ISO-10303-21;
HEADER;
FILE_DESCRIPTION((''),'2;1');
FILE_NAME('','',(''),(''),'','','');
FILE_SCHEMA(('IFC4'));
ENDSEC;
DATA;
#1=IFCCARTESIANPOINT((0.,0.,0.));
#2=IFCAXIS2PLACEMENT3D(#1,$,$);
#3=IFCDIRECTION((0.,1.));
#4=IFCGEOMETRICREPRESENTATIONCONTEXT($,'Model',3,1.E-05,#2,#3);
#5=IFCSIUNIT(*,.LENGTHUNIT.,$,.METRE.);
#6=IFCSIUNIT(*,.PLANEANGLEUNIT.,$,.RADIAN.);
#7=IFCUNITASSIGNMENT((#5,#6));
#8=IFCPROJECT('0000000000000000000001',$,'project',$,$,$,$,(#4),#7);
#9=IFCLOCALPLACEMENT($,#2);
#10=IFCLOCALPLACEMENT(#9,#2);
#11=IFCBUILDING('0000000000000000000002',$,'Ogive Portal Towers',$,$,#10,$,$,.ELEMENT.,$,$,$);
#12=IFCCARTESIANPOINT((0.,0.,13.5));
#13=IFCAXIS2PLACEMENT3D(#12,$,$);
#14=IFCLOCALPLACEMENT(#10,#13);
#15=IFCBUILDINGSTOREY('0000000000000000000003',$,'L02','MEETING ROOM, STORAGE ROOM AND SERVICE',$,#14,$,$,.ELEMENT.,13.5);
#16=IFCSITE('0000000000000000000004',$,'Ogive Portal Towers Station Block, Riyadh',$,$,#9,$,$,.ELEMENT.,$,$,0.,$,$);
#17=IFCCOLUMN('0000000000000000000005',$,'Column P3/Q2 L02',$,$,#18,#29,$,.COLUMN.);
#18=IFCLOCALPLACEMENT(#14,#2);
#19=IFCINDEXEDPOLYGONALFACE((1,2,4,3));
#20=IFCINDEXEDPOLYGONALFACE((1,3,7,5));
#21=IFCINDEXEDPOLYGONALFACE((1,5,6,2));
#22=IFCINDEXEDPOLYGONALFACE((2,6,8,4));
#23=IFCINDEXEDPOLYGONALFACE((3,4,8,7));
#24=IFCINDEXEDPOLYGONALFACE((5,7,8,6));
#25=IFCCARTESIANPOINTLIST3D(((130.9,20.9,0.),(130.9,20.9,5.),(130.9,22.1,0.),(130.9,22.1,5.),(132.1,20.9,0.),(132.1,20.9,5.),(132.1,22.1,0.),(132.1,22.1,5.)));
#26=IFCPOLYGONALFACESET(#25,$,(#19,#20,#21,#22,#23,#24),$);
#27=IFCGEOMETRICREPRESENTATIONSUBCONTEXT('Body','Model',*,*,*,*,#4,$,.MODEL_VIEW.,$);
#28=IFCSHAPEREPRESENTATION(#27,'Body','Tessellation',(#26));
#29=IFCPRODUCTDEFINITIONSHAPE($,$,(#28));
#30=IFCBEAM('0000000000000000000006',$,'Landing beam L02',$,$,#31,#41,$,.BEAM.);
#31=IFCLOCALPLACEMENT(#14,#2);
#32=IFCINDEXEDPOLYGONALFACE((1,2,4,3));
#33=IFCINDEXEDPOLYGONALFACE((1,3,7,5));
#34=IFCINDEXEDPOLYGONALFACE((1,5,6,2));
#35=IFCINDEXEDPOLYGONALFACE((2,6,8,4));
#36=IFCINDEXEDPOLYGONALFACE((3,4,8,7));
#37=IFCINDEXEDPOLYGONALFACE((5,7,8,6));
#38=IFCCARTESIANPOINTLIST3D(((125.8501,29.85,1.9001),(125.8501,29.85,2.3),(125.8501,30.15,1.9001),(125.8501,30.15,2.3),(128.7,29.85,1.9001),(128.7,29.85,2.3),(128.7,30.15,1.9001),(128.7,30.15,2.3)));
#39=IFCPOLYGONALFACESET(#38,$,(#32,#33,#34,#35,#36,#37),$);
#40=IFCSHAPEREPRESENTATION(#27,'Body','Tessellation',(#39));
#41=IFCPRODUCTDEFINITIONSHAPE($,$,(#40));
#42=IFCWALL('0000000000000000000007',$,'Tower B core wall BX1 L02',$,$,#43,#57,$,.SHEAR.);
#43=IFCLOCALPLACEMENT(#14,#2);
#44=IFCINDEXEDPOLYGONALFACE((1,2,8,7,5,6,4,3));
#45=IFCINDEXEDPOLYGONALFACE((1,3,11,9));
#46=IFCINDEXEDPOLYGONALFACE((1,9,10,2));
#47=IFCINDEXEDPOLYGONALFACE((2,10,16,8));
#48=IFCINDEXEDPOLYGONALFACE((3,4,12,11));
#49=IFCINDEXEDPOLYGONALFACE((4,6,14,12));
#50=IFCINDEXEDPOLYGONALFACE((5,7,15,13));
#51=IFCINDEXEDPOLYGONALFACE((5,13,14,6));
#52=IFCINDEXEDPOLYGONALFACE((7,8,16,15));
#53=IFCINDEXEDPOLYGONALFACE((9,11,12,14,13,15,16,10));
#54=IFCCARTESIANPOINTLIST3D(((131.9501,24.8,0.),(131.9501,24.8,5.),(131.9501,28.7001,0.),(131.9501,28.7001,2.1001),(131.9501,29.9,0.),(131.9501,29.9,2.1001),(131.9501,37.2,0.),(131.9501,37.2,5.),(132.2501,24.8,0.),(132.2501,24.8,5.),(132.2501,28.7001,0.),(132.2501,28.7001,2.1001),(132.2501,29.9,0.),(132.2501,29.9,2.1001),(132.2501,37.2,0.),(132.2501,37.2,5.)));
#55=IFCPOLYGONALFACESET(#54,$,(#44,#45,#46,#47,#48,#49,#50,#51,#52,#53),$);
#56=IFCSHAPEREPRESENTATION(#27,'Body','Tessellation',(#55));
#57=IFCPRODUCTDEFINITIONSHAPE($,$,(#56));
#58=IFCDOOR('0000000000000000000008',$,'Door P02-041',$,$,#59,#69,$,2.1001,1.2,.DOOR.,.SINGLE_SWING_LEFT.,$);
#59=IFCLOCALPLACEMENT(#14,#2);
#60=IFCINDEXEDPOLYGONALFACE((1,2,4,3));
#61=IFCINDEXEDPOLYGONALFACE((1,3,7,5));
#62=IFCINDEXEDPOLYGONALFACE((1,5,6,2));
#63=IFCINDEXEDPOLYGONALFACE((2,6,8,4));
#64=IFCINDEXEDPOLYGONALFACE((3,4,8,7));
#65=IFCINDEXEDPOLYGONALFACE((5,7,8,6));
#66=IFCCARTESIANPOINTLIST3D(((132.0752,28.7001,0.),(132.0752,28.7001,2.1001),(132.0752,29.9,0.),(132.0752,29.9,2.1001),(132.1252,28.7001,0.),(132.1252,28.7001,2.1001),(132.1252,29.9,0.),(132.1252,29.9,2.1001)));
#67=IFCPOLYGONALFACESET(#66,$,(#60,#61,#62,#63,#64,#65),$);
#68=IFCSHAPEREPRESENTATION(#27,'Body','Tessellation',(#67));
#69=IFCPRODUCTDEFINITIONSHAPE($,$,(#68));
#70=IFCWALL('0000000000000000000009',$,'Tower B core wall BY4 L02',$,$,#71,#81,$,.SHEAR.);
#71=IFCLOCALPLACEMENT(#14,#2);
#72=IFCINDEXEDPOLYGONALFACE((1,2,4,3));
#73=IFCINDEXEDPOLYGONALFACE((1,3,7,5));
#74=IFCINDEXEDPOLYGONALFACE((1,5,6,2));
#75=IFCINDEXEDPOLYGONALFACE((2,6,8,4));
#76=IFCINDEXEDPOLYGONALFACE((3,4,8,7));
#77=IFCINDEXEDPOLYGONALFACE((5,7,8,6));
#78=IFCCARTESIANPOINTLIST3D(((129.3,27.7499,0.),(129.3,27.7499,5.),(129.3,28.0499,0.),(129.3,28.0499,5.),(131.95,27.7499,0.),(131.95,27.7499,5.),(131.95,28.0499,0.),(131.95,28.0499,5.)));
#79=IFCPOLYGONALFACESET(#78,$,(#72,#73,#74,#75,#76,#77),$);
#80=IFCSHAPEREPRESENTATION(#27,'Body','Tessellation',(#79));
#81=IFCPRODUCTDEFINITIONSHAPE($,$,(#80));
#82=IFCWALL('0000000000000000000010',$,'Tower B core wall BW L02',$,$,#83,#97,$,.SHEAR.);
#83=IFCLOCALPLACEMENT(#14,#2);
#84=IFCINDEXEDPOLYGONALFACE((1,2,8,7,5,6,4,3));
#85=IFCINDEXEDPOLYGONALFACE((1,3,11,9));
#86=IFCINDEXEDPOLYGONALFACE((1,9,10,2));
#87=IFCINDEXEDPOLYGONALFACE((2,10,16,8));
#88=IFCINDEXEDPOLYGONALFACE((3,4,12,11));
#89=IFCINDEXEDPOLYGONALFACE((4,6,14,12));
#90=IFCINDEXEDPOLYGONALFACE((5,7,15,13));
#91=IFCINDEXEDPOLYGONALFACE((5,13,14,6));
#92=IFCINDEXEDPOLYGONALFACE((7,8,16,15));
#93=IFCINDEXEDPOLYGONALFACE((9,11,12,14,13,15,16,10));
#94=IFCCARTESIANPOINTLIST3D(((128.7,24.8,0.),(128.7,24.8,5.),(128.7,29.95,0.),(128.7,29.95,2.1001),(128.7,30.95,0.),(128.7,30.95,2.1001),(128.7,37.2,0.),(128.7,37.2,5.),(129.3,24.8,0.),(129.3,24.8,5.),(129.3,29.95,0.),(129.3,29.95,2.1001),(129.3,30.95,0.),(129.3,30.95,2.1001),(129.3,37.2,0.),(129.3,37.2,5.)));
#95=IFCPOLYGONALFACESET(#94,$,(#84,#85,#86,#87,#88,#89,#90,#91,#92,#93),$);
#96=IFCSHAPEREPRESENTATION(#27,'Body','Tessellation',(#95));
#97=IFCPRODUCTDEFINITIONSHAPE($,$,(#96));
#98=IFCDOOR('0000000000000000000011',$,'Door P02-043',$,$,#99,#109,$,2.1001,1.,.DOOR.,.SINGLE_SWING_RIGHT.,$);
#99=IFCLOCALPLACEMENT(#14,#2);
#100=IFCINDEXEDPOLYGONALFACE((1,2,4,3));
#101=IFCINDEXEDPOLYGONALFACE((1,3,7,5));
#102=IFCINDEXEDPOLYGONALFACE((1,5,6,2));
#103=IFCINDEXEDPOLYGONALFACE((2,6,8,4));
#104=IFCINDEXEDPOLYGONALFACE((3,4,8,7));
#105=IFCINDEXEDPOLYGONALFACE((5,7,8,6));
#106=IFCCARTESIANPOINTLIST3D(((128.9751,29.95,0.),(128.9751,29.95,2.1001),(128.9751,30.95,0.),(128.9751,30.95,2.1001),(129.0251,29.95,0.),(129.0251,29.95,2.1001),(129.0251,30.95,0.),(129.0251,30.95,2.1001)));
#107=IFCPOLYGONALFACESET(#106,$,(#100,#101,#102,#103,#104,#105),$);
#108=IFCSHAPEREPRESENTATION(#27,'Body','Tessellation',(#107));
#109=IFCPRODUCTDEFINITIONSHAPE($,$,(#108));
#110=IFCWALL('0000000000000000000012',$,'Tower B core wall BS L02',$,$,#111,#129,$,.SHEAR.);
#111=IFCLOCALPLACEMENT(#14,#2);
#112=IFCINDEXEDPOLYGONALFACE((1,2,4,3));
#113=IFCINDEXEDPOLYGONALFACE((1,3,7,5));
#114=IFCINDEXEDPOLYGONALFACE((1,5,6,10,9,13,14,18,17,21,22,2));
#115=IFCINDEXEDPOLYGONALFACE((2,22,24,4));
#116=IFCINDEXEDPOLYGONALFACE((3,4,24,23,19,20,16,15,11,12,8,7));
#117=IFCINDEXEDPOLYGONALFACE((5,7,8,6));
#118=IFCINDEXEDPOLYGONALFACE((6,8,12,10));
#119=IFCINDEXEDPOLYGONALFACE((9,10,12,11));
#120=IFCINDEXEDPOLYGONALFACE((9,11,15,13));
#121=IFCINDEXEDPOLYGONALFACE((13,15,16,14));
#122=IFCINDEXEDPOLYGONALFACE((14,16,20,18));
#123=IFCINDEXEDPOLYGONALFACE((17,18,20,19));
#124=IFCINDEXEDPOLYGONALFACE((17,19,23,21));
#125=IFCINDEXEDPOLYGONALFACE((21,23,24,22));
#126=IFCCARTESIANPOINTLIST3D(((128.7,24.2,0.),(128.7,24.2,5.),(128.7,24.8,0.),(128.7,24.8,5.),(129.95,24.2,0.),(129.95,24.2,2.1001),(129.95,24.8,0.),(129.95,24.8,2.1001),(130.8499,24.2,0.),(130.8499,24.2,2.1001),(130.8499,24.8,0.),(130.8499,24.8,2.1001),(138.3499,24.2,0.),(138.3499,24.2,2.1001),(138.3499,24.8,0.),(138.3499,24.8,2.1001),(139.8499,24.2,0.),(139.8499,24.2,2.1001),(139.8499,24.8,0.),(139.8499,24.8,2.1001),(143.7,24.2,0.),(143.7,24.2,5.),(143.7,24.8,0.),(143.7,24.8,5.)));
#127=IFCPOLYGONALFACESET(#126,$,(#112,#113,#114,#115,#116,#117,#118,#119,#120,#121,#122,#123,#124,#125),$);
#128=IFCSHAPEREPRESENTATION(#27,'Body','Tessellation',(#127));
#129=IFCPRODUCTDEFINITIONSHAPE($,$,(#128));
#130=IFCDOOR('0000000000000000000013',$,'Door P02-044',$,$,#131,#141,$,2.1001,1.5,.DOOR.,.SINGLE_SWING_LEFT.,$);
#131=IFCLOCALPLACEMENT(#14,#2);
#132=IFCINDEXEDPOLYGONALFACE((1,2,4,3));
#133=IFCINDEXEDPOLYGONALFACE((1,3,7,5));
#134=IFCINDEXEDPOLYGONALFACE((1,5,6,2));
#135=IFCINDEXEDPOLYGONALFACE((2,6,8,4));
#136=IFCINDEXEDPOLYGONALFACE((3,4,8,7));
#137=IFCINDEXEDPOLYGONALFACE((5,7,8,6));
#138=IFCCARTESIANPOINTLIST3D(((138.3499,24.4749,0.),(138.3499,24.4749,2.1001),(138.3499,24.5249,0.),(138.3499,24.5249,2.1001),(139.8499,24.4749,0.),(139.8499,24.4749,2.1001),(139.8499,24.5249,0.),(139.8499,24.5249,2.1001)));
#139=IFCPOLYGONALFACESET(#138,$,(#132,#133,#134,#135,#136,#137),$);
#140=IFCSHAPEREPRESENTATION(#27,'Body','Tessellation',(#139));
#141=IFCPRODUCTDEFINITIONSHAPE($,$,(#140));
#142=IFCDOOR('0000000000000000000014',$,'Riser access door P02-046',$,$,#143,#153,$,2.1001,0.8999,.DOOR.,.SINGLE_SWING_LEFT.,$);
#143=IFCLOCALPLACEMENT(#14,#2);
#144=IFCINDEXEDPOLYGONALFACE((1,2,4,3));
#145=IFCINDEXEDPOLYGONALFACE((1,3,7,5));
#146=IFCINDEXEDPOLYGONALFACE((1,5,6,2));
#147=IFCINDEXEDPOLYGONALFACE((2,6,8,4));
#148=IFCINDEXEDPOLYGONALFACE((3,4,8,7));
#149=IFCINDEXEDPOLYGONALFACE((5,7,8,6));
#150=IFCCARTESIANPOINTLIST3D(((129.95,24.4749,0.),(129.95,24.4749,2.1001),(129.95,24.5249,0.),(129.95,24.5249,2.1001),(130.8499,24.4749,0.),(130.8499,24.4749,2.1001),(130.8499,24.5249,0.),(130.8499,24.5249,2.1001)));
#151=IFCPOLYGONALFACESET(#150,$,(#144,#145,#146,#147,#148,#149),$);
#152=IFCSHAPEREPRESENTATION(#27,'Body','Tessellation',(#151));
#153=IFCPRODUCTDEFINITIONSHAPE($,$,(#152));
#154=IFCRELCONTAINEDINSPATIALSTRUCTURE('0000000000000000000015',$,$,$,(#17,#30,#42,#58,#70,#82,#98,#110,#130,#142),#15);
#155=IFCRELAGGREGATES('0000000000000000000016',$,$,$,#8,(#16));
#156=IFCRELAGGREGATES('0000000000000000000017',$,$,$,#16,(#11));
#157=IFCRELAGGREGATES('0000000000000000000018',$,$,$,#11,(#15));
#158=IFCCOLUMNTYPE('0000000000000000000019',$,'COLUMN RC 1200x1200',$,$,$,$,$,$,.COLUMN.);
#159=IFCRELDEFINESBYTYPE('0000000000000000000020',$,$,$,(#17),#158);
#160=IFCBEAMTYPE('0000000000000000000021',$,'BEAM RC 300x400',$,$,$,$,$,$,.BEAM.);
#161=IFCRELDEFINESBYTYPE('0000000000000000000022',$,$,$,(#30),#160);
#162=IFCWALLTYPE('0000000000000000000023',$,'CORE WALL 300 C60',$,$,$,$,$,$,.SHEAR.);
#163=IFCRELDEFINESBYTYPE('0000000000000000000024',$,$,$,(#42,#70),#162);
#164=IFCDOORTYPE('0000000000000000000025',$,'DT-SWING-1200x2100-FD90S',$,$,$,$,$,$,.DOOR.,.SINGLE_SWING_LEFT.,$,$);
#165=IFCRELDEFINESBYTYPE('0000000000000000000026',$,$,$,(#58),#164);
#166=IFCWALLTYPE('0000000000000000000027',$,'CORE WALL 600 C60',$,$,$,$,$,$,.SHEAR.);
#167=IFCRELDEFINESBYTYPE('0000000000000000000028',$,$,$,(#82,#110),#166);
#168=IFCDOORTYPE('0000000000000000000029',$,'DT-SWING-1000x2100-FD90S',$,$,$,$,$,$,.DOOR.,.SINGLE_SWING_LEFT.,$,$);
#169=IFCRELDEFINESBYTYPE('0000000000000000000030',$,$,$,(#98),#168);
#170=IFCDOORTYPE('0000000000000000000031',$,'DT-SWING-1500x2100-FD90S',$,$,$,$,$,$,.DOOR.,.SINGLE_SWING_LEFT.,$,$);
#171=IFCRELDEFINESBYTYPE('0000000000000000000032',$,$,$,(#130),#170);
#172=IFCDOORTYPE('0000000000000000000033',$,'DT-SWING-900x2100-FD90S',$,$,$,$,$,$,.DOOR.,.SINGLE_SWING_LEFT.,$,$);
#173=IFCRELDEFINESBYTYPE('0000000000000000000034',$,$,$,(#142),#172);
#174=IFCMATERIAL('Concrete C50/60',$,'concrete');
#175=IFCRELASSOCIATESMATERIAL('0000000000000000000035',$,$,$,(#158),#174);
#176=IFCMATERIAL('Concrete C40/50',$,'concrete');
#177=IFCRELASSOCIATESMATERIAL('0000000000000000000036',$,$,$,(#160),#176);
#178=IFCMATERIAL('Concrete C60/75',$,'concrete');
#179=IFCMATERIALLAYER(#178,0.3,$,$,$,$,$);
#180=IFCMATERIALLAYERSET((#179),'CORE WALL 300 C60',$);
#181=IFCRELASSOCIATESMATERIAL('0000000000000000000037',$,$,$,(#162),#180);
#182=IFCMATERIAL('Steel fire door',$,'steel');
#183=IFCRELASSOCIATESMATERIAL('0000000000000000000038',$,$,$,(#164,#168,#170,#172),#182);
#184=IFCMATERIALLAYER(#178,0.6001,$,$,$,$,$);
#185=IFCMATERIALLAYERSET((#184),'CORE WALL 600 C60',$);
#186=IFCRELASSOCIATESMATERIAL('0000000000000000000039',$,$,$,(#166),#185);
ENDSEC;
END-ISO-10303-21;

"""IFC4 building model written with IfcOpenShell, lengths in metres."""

from ifc_helpers import new_model, si_unit, direction, frame, frame_2d, origin, origin_2d, place, context, subcontext, project, spatial, rectangle, extrude, material, layer, layer_set, material_profile, profile_set, type_object, element, fill, save


model = new_model("IFC4")

# Units and contexts
model_context = context("Model", 3, precision=1e-05, world=origin(), true_north=direction((0.0, 1.0)))
body_context = subcontext(model_context, "Body", "Model", "MODEL_VIEW")
ifc_project = project(units=[si_unit("LENGTHUNIT", "METRE"), si_unit("PLANEANGLEUNIT", "RADIAN")], contexts=[model_context])

# Site, building, storey
site_placement = place(None, origin())
site = spatial("IfcSite", under=ifc_project, at=site_placement, Name="Ogive Portal Towers Station Block, Riyadh", CompositionType="ELEMENT", RefElevation=0.0)
building_placement = place(site_placement, origin())
building = spatial("IfcBuilding", under=site, at=building_placement, Name="Ogive Portal Towers", CompositionType="ELEMENT")
storey_placement = place(building_placement, frame((0.0, 0.0, 13.5)))
storey = spatial("IfcBuildingStorey", under=building, at=storey_placement, Name="L02", Description="MEETING ROOM, STORAGE ROOM AND SERVICE", CompositionType="ELEMENT", Elevation=13.5)

# Column
ifc_material_1 = material(Name="Concrete C50/60", Category="concrete")
ifc_material_profile_1 = material_profile(ifc_material_1, rectangle(XDim=1.2, YDim=1.2, at=origin_2d()), Name="RC 1200x1200")
ifc_profile_set_1 = profile_set([ifc_material_profile_1], Name="Concrete C50/60")
column_type = type_object("IfcColumnType", Name="COLUMN RC 1200x1200", PredefinedType="COLUMN", material=ifc_profile_set_1)
column_placement = place(storey_placement, frame((131.5, 21.5, 0.0), z_axis=(0.0, 0.0, 1.0), x_axis=(1.0, 0.0, 0.0)))
element("IfcColumn", 1, at=column_placement, inside=storey, type_object=column_type, Name="Column P3/Q2 L02", PredefinedType="COLUMN", context=body_context, shape_type="SweptSolid", body=[
    extrude(rectangle(XDim=1.2, YDim=1.2, at=origin_2d()), origin(), (0.0, 0.0, 1.0), 5.0),
])

# Beam
ifc_material_2 = material(Name="Concrete C40/50", Category="concrete")
ifc_material_profile_2 = material_profile(ifc_material_2, rectangle(XDim=0.3, YDim=0.3999, at=origin_2d()), Name="RC 300x400")
ifc_profile_set_2 = profile_set([ifc_material_profile_2], Name="Concrete C40/50")
beam_type = type_object("IfcBeamType", Name="BEAM RC 300x400", PredefinedType="BEAM", material=ifc_profile_set_2)
beam_placement = place(storey_placement, frame((125.8501, 30.0, 2.1001), z_axis=(1.0, 0.0, 0.0), x_axis=(0.0, 1.0, 0.0)))
element("IfcBeam", 2, at=beam_placement, inside=storey, type_object=beam_type, Name="Landing beam L02", PredefinedType="BEAM", context=body_context, shape_type="SweptSolid", body=[
    extrude(rectangle(XDim=0.3, YDim=0.3999, at=origin_2d()), origin(), (0.0, 0.0, 1.0), 2.8499),
])

# Wall, opening, door
ifc_material_3 = material(Name="Concrete C60/75", Category="concrete")
ifc_layer_1 = layer(ifc_material_3, 0.3)
ifc_layer_set_1 = layer_set([ifc_layer_1], Name="CORE WALL 300 C60")
wall_type_1 = type_object("IfcWallType", Name="CORE WALL 300 C60", PredefinedType="SHEAR", material=ifc_layer_set_1)
wall_1_placement = place(storey_placement, frame((132.1001, 24.8, 0.0), z_axis=(0.0, 0.0, 1.0), x_axis=(0.0, 1.0, 0.0)))
wall_1 = element("IfcWall", 3, at=wall_1_placement, inside=storey, type_object=wall_type_1, Name="Tower B core wall BX1 L02", PredefinedType="SHEAR", context=body_context, shape_type="SweptSolid", body=[
    extrude(rectangle(XDim=12.3999, YDim=0.3, at=frame_2d((6.2, 0.0))), origin(), (0.0, 0.0, 1.0), 5.0),
])
opening_1_placement = place(wall_1_placement, frame((3.8999, 0.0, 0.0)))
opening_1 = element("IfcOpeningElement", 4, at=opening_1_placement, cuts=wall_1, PredefinedType="OPENING", context=body_context, shape_type="SweptSolid", body=[
    extrude(rectangle(XDim=1.2, YDim=2.1001, at=frame_2d((0.6001, 1.05))), frame((0.0, 0.1602, 0.0), z_axis=(0.0, -1.0, 0.0), x_axis=(1.0, 0.0, 0.0)), (0.0, 0.0, 1.0), 0.3201),
])
ifc_material_4 = material(Name="Steel fire door", Category="steel")
door_type_1 = type_object("IfcDoorType", Name="DT-SWING-1200x2100-FD90S", OperationType="SINGLE_SWING_LEFT", PredefinedType="DOOR", material=ifc_material_4)
door_1_placement = place(opening_1_placement, origin())
door_1 = element("IfcDoor", 5, at=door_1_placement, inside=storey, type_object=door_type_1, Name="Door P02-041", OperationType="SINGLE_SWING_LEFT", OverallHeight=2.1001, OverallWidth=1.2, PredefinedType="DOOR", context=body_context, shape_type="SweptSolid", body=[
    extrude(rectangle(XDim=1.2, YDim=2.1001, at=frame_2d((0.6001, 1.05))), frame((0.0, 0.0249, 0.0), z_axis=(0.0, -1.0, 0.0), x_axis=(1.0, 0.0, 0.0)), (0.0, 0.0, 1.0), 0.05),
])
fill(opening_1, door_1)

# Wall
wall_2_placement = place(storey_placement, frame((129.3, 27.8999, 0.0), z_axis=(0.0, 0.0, 1.0), x_axis=(1.0, 0.0, 0.0)))
element("IfcWall", 6, at=wall_2_placement, inside=storey, type_object=wall_type_1, Name="Tower B core wall BY4 L02", PredefinedType="SHEAR", context=body_context, shape_type="SweptSolid", body=[
    extrude(rectangle(XDim=2.6499, YDim=0.3, at=frame_2d((1.325, 0.0))), origin(), (0.0, 0.0, 1.0), 5.0),
])

# Wall, opening, door
ifc_layer_2 = layer(ifc_material_3, 0.6001)
ifc_layer_set_2 = layer_set([ifc_layer_2], Name="CORE WALL 600 C60")
wall_type_2 = type_object("IfcWallType", Name="CORE WALL 600 C60", PredefinedType="SHEAR", material=ifc_layer_set_2)
wall_3_placement = place(storey_placement, frame((129.0, 24.8, 0.0), z_axis=(0.0, 0.0, 1.0), x_axis=(0.0, 1.0, 0.0)))
wall_3 = element("IfcWall", 7, at=wall_3_placement, inside=storey, type_object=wall_type_2, Name="Tower B core wall BW L02", PredefinedType="SHEAR", context=body_context, shape_type="SweptSolid", body=[
    extrude(rectangle(XDim=12.3999, YDim=0.6001, at=frame_2d((6.2, 0.0))), origin(), (0.0, 0.0, 1.0), 5.0),
])
opening_2_placement = place(wall_3_placement, frame((5.1499, 0.0, 0.0)))
opening_2 = element("IfcOpeningElement", 8, at=opening_2_placement, cuts=wall_3, PredefinedType="OPENING", context=body_context, shape_type="SweptSolid", body=[
    extrude(rectangle(XDim=1.0, YDim=2.1001, at=frame_2d((0.5, 1.05))), frame((0.0, 0.3101, 0.0), z_axis=(0.0, -1.0, 0.0), x_axis=(1.0, 0.0, 0.0)), (0.0, 0.0, 1.0), 0.6201),
])
door_type_2 = type_object("IfcDoorType", Name="DT-SWING-1000x2100-FD90S", OperationType="SINGLE_SWING_LEFT", PredefinedType="DOOR", material=ifc_material_4)
door_2_placement = place(opening_2_placement, origin())
door_2 = element("IfcDoor", 9, at=door_2_placement, inside=storey, type_object=door_type_2, Name="Door P02-043", OperationType="SINGLE_SWING_RIGHT", OverallHeight=2.1001, OverallWidth=1.0, PredefinedType="DOOR", context=body_context, shape_type="SweptSolid", body=[
    extrude(rectangle(XDim=1.0, YDim=2.1001, at=frame_2d((0.5, 1.05))), frame((0.0, 0.0249, 0.0), z_axis=(0.0, -1.0, 0.0), x_axis=(1.0, 0.0, 0.0)), (0.0, 0.0, 1.0), 0.05),
])
fill(opening_2, door_2)

# Wall, openings, doors
wall_4_placement = place(storey_placement, frame((128.7, 24.5, 0.0), z_axis=(0.0, 0.0, 1.0), x_axis=(1.0, 0.0, 0.0)))
wall_4 = element("IfcWall", 10, at=wall_4_placement, inside=storey, type_object=wall_type_2, Name="Tower B core wall BS L02", PredefinedType="SHEAR", context=body_context, shape_type="SweptSolid", body=[
    extrude(rectangle(XDim=15.0, YDim=0.6001, at=frame_2d((7.5, 0.0))), origin(), (0.0, 0.0, 1.0), 5.0),
])
opening_3_placement = place(wall_4_placement, frame((9.6499, 0.0, 0.0)))
opening_3 = element("IfcOpeningElement", 11, at=opening_3_placement, cuts=wall_4, PredefinedType="OPENING", context=body_context, shape_type="SweptSolid", body=[
    extrude(rectangle(XDim=1.5, YDim=2.1001, at=frame_2d((0.75, 1.05))), frame((0.0, 0.3101, 0.0), z_axis=(0.0, -1.0, 0.0), x_axis=(1.0, 0.0, 0.0)), (0.0, 0.0, 1.0), 0.6201),
])
opening_4_placement = place(wall_4_placement, frame((1.25, 0.0, 0.0)))
opening_4 = element("IfcOpeningElement", 12, at=opening_4_placement, cuts=wall_4, PredefinedType="OPENING", context=body_context, shape_type="SweptSolid", body=[
    extrude(rectangle(XDim=0.8999, YDim=2.1001, at=frame_2d((0.45, 1.05))), frame((0.0, 0.3101, 0.0), z_axis=(0.0, -1.0, 0.0), x_axis=(1.0, 0.0, 0.0)), (0.0, 0.0, 1.0), 0.6201),
])
door_type_3 = type_object("IfcDoorType", Name="DT-SWING-1500x2100-FD90S", OperationType="SINGLE_SWING_LEFT", PredefinedType="DOOR", material=ifc_material_4)
door_3_placement = place(opening_3_placement, origin())
door_3 = element("IfcDoor", 13, at=door_3_placement, inside=storey, type_object=door_type_3, Name="Door P02-044", OperationType="SINGLE_SWING_LEFT", OverallHeight=2.1001, OverallWidth=1.5, PredefinedType="DOOR", context=body_context, shape_type="SweptSolid", body=[
    extrude(rectangle(XDim=1.5, YDim=2.1001, at=frame_2d((0.75, 1.05))), frame((0.0, 0.0249, 0.0), z_axis=(0.0, -1.0, 0.0), x_axis=(1.0, 0.0, 0.0)), (0.0, 0.0, 1.0), 0.05),
])
fill(opening_3, door_3)
door_type_4 = type_object("IfcDoorType", Name="DT-SWING-900x2100-FD90S", OperationType="SINGLE_SWING_LEFT", PredefinedType="DOOR", material=ifc_material_4)
door_4_placement = place(opening_4_placement, origin())
door_4 = element("IfcDoor", 14, at=door_4_placement, inside=storey, type_object=door_type_4, Name="Riser access door P02-046", OperationType="SINGLE_SWING_LEFT", OverallHeight=2.1001, OverallWidth=0.8999, PredefinedType="DOOR", context=body_context, shape_type="SweptSolid", body=[
    extrude(rectangle(XDim=0.8999, YDim=2.1001, at=frame_2d((0.45, 1.05))), frame((0.0, 0.0249, 0.0), z_axis=(0.0, -1.0, 0.0), x_axis=(1.0, 0.0, 0.0)), (0.0, 0.0, 1.0), 0.05),
])
fill(opening_4, door_4)

save(model, "model.ifc")
